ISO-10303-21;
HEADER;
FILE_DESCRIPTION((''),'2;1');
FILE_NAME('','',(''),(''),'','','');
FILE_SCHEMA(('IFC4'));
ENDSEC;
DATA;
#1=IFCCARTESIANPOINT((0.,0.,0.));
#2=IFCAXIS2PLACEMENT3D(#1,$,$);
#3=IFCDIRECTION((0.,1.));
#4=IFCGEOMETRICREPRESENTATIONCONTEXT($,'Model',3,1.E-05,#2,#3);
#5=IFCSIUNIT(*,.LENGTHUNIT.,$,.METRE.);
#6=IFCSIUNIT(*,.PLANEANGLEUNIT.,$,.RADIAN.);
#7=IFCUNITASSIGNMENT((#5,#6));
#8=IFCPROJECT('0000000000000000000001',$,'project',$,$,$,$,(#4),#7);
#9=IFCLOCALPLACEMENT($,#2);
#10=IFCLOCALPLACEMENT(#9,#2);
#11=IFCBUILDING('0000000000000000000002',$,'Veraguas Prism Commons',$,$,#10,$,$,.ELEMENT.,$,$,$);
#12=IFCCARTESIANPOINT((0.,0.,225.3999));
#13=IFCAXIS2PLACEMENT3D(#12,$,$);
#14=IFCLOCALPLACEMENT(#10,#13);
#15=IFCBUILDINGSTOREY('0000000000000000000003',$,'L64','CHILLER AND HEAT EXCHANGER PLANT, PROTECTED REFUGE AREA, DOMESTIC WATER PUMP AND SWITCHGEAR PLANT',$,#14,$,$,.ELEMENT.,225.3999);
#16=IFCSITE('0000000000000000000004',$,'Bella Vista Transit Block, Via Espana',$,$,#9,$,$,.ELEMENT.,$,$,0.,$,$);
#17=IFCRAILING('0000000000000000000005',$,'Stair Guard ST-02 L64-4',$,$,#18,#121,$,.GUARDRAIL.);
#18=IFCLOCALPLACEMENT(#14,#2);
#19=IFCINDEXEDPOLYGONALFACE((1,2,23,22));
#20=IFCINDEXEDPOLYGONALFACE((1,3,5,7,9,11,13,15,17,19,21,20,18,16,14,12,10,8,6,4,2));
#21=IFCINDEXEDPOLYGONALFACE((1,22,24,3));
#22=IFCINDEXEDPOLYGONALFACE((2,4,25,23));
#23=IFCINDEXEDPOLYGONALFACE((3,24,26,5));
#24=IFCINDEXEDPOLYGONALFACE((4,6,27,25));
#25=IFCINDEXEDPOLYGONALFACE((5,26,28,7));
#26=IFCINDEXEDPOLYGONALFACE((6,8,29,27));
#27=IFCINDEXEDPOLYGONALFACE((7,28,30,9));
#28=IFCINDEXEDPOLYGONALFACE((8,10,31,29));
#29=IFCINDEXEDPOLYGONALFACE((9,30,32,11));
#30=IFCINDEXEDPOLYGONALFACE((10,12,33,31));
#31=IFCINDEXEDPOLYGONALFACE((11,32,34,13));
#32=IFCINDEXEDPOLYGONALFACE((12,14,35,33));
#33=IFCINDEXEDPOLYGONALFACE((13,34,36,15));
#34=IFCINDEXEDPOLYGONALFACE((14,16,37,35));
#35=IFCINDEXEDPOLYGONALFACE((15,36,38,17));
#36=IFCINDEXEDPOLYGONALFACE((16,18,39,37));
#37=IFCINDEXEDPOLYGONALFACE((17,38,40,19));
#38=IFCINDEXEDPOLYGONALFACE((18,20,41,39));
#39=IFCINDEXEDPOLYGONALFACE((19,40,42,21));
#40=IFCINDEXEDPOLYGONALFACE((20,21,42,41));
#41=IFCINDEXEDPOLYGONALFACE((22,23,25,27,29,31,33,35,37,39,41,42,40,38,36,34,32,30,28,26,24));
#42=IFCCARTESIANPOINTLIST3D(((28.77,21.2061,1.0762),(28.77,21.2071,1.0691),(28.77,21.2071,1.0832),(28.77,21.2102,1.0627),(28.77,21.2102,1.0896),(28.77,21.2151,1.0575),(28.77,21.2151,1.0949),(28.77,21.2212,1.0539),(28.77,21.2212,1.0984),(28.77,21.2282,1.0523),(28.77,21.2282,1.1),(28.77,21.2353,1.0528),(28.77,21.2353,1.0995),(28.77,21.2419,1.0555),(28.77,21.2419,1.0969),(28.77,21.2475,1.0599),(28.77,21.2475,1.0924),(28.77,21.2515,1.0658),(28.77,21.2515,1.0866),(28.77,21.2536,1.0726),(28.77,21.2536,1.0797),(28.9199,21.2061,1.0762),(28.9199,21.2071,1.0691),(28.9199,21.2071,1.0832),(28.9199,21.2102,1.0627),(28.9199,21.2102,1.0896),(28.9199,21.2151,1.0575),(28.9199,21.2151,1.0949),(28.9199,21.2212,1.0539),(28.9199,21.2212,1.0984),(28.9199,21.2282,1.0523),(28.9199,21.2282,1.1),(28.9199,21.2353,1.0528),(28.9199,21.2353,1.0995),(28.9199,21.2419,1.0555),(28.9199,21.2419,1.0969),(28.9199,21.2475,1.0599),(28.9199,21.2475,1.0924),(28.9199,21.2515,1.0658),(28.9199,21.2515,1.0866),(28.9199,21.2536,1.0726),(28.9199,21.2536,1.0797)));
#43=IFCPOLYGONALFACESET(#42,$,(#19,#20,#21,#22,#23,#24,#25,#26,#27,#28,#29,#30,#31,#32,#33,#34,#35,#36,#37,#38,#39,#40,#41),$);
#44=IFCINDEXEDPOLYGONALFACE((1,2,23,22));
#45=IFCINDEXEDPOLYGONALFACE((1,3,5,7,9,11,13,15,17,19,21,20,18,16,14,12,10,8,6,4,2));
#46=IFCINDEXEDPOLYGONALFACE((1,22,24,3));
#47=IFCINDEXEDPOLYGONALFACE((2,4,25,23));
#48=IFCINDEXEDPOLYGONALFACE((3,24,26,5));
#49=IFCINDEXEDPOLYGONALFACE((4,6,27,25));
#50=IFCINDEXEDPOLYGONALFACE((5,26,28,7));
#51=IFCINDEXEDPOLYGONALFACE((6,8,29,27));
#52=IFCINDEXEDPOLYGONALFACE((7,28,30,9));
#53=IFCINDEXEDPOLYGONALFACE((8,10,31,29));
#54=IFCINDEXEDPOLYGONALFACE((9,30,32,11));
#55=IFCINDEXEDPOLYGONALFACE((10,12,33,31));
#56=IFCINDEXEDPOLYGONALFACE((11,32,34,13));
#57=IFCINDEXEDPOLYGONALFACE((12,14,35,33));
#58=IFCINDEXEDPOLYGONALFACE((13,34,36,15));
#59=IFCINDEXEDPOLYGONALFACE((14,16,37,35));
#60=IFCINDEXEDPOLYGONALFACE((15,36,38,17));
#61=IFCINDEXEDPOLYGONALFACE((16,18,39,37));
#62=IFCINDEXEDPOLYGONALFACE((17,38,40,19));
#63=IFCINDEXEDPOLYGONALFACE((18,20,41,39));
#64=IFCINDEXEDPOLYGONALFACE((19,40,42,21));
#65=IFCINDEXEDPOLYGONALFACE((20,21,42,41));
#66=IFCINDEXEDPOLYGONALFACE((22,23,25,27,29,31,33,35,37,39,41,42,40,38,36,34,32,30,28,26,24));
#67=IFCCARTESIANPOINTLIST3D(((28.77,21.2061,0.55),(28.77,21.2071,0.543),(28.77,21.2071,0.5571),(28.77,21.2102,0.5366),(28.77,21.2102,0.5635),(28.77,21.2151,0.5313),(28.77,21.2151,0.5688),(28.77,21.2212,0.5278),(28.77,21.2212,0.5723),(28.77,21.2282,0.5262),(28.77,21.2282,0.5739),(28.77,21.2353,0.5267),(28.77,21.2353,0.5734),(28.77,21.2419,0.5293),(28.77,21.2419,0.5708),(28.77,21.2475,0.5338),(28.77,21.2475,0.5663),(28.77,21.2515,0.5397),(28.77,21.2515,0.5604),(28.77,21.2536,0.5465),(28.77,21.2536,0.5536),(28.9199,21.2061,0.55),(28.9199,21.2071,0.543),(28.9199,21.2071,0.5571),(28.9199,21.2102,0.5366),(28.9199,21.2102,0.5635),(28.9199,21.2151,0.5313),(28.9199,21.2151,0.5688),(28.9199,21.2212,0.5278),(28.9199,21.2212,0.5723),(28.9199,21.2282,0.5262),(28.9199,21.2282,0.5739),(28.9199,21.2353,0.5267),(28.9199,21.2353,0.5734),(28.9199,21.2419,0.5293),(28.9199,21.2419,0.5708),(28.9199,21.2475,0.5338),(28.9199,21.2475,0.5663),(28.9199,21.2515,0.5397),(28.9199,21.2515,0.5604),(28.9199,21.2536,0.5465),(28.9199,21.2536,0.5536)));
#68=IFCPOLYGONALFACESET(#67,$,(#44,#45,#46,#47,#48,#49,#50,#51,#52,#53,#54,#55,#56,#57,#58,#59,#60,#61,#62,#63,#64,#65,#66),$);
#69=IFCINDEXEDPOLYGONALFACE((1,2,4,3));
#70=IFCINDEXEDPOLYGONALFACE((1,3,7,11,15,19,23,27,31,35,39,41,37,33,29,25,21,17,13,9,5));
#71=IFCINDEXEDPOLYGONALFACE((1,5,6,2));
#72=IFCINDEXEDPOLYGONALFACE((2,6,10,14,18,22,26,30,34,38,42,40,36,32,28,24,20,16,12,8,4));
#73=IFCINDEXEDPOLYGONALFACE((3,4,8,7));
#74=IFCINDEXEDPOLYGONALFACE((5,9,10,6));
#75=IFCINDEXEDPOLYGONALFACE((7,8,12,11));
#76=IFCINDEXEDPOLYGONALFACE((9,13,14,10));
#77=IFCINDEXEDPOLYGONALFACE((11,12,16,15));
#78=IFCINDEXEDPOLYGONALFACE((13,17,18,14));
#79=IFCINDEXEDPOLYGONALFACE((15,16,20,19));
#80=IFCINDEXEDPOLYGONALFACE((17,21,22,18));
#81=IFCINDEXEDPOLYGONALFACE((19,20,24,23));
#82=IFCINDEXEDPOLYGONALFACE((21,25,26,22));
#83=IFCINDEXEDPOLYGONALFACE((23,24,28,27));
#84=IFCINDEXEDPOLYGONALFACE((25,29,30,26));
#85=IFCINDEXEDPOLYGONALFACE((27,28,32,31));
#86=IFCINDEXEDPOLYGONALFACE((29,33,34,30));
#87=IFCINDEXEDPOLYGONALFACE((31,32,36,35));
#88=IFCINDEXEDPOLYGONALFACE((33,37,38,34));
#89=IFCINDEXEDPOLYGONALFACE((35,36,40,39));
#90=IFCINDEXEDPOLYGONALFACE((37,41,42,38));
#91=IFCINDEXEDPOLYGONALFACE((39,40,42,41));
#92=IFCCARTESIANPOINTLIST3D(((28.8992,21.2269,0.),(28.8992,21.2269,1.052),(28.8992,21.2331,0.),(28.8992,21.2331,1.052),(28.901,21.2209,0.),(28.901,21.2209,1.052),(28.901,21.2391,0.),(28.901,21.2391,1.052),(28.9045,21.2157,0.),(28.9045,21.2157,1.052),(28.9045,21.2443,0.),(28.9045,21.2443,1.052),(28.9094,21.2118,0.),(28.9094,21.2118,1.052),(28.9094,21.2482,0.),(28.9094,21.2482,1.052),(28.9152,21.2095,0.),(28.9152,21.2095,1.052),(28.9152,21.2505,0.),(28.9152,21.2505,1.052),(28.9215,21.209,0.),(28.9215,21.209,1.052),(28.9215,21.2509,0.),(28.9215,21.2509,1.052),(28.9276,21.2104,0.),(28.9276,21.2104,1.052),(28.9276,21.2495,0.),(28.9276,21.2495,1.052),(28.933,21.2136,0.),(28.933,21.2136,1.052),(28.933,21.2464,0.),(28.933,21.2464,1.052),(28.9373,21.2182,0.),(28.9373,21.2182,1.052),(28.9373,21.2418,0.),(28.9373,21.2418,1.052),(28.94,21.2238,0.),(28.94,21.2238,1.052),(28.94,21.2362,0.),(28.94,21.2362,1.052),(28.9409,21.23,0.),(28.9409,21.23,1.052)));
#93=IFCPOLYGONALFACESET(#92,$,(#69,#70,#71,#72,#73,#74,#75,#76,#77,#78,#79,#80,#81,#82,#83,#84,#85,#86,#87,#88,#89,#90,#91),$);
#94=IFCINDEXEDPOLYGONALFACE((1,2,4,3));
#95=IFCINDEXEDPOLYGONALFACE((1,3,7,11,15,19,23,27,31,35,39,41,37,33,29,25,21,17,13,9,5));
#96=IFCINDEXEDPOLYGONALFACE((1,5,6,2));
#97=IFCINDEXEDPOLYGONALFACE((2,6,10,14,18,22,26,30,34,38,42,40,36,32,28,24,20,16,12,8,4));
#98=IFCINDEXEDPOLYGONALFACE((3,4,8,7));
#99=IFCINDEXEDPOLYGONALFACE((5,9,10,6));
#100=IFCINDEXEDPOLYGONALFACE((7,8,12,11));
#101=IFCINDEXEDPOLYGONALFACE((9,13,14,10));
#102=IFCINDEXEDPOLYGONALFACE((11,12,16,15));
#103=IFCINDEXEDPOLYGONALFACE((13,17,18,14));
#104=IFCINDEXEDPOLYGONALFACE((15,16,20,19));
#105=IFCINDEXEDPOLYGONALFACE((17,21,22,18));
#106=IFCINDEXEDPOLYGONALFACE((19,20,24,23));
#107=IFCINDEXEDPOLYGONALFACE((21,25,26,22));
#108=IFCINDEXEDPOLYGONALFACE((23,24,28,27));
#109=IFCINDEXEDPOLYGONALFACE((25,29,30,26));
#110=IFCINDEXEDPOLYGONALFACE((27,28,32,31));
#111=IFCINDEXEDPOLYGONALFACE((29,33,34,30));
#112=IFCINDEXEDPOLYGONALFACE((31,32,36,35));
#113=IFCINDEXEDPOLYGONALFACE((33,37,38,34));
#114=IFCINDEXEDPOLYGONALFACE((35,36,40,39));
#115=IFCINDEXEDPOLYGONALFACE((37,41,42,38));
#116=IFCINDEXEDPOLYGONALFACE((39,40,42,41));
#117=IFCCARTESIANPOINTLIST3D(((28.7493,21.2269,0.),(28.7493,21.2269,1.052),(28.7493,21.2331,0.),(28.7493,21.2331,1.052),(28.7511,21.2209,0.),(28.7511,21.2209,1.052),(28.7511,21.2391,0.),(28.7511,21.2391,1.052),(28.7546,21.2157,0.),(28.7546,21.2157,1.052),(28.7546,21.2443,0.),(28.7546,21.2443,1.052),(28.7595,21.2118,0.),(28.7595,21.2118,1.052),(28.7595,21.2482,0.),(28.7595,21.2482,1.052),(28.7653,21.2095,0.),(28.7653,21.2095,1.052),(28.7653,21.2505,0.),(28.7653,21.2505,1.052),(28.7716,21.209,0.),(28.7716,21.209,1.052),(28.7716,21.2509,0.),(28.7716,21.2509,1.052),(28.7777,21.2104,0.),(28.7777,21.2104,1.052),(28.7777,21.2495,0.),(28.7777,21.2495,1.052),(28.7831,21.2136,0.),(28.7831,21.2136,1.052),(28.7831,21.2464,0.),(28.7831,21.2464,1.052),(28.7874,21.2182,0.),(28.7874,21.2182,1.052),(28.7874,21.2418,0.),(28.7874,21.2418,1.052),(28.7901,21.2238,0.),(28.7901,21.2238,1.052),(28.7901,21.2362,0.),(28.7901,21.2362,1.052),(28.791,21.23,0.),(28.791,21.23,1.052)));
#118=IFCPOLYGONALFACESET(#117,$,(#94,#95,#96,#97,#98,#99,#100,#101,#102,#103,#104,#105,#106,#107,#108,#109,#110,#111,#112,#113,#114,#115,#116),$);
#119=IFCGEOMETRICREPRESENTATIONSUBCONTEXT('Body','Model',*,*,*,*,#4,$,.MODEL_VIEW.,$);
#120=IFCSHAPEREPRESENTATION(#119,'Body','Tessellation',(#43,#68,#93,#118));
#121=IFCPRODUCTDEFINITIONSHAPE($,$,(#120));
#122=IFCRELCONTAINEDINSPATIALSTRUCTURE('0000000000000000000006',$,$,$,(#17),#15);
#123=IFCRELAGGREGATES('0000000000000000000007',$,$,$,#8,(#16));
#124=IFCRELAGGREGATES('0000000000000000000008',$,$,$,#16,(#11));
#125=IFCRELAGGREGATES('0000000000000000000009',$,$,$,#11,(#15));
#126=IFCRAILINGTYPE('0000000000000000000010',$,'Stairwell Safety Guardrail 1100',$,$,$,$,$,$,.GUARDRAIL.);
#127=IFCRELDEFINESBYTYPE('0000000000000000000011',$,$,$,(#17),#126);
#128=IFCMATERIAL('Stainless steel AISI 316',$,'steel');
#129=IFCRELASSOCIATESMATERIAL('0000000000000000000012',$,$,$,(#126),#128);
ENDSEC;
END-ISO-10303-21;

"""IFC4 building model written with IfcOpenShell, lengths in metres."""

from ifc_helpers import new_model, si_unit, direction, frame, origin, origin_2d, place, context, subcontext, project, spatial, circle, extrude, material, type_object, element, save


model = new_model("IFC4")

# Units and contexts
model_context = context("Model", 3, precision=1e-05, world=origin(), true_north=direction((0.0, 1.0)))
body_context = subcontext(model_context, "Body", "Model", "MODEL_VIEW")
ifc_project = project(units=[si_unit("LENGTHUNIT", "METRE"), si_unit("PLANEANGLEUNIT", "RADIAN")], contexts=[model_context])

# Site, building, storey
site_placement = place(None, origin())
site = spatial("IfcSite", under=ifc_project, at=site_placement, Name="Bella Vista Transit Block, Via Espana", CompositionType="ELEMENT", RefElevation=0.0)
building_placement = place(site_placement, origin())
building = spatial("IfcBuilding", under=site, at=building_placement, Name="Veraguas Prism Commons", CompositionType="ELEMENT")
storey_placement = place(building_placement, frame((0.0, 0.0, 225.3999)))
storey = spatial("IfcBuildingStorey", under=building, at=storey_placement, Name="L64", Description="CHILLER AND HEAT EXCHANGER PLANT, PROTECTED REFUGE AREA, DOMESTIC WATER PUMP AND SWITCHGEAR PLANT", CompositionType="ELEMENT", Elevation=225.3999)

# Shared definitions
ifc_material_1 = material(Name="Stainless steel AISI 316", Category="steel")

# Railing
railing_type_1 = type_object("IfcRailingType", Name="Stairwell Safety Guardrail 1100", PredefinedType="GUARDRAIL", material=ifc_material_1)
railing_1_placement = place(storey_placement, frame((28.9199, 21.23, 0.0)))
element("IfcRailing", 1, at=railing_1_placement, inside=storey, type_object=railing_type_1, Name="Stair Guard ST-02 L64-4", PredefinedType="GUARDRAIL", context=body_context, shape_type="SweptSolid", body=[
    extrude(circle(Radius=0.0239, at=origin_2d()), frame((0.0, 0.0, 1.0762), z_axis=(-1.0, 0.0, 0.0), x_axis=(0.0, -1.0, 0.0)), (0.0, 0.0, 1.0), 0.1499),
    extrude(circle(Radius=0.0239, at=origin_2d()), frame((0.0, 0.0, 0.55), z_axis=(-1.0, 0.0, 0.0), x_axis=(0.0, -1.0, 0.0)), (0.0, 0.0, 1.0), 0.1499),
    extrude(circle(Radius=0.021, at=origin_2d()), origin(), (0.0, 0.0, 1.0), 1.052),
    extrude(circle(Radius=0.021, at=origin_2d()), frame((-0.1499, 0.0, 0.0)), (0.0, 0.0, 1.0), 1.052),
])

save(model, "model.ifc")
